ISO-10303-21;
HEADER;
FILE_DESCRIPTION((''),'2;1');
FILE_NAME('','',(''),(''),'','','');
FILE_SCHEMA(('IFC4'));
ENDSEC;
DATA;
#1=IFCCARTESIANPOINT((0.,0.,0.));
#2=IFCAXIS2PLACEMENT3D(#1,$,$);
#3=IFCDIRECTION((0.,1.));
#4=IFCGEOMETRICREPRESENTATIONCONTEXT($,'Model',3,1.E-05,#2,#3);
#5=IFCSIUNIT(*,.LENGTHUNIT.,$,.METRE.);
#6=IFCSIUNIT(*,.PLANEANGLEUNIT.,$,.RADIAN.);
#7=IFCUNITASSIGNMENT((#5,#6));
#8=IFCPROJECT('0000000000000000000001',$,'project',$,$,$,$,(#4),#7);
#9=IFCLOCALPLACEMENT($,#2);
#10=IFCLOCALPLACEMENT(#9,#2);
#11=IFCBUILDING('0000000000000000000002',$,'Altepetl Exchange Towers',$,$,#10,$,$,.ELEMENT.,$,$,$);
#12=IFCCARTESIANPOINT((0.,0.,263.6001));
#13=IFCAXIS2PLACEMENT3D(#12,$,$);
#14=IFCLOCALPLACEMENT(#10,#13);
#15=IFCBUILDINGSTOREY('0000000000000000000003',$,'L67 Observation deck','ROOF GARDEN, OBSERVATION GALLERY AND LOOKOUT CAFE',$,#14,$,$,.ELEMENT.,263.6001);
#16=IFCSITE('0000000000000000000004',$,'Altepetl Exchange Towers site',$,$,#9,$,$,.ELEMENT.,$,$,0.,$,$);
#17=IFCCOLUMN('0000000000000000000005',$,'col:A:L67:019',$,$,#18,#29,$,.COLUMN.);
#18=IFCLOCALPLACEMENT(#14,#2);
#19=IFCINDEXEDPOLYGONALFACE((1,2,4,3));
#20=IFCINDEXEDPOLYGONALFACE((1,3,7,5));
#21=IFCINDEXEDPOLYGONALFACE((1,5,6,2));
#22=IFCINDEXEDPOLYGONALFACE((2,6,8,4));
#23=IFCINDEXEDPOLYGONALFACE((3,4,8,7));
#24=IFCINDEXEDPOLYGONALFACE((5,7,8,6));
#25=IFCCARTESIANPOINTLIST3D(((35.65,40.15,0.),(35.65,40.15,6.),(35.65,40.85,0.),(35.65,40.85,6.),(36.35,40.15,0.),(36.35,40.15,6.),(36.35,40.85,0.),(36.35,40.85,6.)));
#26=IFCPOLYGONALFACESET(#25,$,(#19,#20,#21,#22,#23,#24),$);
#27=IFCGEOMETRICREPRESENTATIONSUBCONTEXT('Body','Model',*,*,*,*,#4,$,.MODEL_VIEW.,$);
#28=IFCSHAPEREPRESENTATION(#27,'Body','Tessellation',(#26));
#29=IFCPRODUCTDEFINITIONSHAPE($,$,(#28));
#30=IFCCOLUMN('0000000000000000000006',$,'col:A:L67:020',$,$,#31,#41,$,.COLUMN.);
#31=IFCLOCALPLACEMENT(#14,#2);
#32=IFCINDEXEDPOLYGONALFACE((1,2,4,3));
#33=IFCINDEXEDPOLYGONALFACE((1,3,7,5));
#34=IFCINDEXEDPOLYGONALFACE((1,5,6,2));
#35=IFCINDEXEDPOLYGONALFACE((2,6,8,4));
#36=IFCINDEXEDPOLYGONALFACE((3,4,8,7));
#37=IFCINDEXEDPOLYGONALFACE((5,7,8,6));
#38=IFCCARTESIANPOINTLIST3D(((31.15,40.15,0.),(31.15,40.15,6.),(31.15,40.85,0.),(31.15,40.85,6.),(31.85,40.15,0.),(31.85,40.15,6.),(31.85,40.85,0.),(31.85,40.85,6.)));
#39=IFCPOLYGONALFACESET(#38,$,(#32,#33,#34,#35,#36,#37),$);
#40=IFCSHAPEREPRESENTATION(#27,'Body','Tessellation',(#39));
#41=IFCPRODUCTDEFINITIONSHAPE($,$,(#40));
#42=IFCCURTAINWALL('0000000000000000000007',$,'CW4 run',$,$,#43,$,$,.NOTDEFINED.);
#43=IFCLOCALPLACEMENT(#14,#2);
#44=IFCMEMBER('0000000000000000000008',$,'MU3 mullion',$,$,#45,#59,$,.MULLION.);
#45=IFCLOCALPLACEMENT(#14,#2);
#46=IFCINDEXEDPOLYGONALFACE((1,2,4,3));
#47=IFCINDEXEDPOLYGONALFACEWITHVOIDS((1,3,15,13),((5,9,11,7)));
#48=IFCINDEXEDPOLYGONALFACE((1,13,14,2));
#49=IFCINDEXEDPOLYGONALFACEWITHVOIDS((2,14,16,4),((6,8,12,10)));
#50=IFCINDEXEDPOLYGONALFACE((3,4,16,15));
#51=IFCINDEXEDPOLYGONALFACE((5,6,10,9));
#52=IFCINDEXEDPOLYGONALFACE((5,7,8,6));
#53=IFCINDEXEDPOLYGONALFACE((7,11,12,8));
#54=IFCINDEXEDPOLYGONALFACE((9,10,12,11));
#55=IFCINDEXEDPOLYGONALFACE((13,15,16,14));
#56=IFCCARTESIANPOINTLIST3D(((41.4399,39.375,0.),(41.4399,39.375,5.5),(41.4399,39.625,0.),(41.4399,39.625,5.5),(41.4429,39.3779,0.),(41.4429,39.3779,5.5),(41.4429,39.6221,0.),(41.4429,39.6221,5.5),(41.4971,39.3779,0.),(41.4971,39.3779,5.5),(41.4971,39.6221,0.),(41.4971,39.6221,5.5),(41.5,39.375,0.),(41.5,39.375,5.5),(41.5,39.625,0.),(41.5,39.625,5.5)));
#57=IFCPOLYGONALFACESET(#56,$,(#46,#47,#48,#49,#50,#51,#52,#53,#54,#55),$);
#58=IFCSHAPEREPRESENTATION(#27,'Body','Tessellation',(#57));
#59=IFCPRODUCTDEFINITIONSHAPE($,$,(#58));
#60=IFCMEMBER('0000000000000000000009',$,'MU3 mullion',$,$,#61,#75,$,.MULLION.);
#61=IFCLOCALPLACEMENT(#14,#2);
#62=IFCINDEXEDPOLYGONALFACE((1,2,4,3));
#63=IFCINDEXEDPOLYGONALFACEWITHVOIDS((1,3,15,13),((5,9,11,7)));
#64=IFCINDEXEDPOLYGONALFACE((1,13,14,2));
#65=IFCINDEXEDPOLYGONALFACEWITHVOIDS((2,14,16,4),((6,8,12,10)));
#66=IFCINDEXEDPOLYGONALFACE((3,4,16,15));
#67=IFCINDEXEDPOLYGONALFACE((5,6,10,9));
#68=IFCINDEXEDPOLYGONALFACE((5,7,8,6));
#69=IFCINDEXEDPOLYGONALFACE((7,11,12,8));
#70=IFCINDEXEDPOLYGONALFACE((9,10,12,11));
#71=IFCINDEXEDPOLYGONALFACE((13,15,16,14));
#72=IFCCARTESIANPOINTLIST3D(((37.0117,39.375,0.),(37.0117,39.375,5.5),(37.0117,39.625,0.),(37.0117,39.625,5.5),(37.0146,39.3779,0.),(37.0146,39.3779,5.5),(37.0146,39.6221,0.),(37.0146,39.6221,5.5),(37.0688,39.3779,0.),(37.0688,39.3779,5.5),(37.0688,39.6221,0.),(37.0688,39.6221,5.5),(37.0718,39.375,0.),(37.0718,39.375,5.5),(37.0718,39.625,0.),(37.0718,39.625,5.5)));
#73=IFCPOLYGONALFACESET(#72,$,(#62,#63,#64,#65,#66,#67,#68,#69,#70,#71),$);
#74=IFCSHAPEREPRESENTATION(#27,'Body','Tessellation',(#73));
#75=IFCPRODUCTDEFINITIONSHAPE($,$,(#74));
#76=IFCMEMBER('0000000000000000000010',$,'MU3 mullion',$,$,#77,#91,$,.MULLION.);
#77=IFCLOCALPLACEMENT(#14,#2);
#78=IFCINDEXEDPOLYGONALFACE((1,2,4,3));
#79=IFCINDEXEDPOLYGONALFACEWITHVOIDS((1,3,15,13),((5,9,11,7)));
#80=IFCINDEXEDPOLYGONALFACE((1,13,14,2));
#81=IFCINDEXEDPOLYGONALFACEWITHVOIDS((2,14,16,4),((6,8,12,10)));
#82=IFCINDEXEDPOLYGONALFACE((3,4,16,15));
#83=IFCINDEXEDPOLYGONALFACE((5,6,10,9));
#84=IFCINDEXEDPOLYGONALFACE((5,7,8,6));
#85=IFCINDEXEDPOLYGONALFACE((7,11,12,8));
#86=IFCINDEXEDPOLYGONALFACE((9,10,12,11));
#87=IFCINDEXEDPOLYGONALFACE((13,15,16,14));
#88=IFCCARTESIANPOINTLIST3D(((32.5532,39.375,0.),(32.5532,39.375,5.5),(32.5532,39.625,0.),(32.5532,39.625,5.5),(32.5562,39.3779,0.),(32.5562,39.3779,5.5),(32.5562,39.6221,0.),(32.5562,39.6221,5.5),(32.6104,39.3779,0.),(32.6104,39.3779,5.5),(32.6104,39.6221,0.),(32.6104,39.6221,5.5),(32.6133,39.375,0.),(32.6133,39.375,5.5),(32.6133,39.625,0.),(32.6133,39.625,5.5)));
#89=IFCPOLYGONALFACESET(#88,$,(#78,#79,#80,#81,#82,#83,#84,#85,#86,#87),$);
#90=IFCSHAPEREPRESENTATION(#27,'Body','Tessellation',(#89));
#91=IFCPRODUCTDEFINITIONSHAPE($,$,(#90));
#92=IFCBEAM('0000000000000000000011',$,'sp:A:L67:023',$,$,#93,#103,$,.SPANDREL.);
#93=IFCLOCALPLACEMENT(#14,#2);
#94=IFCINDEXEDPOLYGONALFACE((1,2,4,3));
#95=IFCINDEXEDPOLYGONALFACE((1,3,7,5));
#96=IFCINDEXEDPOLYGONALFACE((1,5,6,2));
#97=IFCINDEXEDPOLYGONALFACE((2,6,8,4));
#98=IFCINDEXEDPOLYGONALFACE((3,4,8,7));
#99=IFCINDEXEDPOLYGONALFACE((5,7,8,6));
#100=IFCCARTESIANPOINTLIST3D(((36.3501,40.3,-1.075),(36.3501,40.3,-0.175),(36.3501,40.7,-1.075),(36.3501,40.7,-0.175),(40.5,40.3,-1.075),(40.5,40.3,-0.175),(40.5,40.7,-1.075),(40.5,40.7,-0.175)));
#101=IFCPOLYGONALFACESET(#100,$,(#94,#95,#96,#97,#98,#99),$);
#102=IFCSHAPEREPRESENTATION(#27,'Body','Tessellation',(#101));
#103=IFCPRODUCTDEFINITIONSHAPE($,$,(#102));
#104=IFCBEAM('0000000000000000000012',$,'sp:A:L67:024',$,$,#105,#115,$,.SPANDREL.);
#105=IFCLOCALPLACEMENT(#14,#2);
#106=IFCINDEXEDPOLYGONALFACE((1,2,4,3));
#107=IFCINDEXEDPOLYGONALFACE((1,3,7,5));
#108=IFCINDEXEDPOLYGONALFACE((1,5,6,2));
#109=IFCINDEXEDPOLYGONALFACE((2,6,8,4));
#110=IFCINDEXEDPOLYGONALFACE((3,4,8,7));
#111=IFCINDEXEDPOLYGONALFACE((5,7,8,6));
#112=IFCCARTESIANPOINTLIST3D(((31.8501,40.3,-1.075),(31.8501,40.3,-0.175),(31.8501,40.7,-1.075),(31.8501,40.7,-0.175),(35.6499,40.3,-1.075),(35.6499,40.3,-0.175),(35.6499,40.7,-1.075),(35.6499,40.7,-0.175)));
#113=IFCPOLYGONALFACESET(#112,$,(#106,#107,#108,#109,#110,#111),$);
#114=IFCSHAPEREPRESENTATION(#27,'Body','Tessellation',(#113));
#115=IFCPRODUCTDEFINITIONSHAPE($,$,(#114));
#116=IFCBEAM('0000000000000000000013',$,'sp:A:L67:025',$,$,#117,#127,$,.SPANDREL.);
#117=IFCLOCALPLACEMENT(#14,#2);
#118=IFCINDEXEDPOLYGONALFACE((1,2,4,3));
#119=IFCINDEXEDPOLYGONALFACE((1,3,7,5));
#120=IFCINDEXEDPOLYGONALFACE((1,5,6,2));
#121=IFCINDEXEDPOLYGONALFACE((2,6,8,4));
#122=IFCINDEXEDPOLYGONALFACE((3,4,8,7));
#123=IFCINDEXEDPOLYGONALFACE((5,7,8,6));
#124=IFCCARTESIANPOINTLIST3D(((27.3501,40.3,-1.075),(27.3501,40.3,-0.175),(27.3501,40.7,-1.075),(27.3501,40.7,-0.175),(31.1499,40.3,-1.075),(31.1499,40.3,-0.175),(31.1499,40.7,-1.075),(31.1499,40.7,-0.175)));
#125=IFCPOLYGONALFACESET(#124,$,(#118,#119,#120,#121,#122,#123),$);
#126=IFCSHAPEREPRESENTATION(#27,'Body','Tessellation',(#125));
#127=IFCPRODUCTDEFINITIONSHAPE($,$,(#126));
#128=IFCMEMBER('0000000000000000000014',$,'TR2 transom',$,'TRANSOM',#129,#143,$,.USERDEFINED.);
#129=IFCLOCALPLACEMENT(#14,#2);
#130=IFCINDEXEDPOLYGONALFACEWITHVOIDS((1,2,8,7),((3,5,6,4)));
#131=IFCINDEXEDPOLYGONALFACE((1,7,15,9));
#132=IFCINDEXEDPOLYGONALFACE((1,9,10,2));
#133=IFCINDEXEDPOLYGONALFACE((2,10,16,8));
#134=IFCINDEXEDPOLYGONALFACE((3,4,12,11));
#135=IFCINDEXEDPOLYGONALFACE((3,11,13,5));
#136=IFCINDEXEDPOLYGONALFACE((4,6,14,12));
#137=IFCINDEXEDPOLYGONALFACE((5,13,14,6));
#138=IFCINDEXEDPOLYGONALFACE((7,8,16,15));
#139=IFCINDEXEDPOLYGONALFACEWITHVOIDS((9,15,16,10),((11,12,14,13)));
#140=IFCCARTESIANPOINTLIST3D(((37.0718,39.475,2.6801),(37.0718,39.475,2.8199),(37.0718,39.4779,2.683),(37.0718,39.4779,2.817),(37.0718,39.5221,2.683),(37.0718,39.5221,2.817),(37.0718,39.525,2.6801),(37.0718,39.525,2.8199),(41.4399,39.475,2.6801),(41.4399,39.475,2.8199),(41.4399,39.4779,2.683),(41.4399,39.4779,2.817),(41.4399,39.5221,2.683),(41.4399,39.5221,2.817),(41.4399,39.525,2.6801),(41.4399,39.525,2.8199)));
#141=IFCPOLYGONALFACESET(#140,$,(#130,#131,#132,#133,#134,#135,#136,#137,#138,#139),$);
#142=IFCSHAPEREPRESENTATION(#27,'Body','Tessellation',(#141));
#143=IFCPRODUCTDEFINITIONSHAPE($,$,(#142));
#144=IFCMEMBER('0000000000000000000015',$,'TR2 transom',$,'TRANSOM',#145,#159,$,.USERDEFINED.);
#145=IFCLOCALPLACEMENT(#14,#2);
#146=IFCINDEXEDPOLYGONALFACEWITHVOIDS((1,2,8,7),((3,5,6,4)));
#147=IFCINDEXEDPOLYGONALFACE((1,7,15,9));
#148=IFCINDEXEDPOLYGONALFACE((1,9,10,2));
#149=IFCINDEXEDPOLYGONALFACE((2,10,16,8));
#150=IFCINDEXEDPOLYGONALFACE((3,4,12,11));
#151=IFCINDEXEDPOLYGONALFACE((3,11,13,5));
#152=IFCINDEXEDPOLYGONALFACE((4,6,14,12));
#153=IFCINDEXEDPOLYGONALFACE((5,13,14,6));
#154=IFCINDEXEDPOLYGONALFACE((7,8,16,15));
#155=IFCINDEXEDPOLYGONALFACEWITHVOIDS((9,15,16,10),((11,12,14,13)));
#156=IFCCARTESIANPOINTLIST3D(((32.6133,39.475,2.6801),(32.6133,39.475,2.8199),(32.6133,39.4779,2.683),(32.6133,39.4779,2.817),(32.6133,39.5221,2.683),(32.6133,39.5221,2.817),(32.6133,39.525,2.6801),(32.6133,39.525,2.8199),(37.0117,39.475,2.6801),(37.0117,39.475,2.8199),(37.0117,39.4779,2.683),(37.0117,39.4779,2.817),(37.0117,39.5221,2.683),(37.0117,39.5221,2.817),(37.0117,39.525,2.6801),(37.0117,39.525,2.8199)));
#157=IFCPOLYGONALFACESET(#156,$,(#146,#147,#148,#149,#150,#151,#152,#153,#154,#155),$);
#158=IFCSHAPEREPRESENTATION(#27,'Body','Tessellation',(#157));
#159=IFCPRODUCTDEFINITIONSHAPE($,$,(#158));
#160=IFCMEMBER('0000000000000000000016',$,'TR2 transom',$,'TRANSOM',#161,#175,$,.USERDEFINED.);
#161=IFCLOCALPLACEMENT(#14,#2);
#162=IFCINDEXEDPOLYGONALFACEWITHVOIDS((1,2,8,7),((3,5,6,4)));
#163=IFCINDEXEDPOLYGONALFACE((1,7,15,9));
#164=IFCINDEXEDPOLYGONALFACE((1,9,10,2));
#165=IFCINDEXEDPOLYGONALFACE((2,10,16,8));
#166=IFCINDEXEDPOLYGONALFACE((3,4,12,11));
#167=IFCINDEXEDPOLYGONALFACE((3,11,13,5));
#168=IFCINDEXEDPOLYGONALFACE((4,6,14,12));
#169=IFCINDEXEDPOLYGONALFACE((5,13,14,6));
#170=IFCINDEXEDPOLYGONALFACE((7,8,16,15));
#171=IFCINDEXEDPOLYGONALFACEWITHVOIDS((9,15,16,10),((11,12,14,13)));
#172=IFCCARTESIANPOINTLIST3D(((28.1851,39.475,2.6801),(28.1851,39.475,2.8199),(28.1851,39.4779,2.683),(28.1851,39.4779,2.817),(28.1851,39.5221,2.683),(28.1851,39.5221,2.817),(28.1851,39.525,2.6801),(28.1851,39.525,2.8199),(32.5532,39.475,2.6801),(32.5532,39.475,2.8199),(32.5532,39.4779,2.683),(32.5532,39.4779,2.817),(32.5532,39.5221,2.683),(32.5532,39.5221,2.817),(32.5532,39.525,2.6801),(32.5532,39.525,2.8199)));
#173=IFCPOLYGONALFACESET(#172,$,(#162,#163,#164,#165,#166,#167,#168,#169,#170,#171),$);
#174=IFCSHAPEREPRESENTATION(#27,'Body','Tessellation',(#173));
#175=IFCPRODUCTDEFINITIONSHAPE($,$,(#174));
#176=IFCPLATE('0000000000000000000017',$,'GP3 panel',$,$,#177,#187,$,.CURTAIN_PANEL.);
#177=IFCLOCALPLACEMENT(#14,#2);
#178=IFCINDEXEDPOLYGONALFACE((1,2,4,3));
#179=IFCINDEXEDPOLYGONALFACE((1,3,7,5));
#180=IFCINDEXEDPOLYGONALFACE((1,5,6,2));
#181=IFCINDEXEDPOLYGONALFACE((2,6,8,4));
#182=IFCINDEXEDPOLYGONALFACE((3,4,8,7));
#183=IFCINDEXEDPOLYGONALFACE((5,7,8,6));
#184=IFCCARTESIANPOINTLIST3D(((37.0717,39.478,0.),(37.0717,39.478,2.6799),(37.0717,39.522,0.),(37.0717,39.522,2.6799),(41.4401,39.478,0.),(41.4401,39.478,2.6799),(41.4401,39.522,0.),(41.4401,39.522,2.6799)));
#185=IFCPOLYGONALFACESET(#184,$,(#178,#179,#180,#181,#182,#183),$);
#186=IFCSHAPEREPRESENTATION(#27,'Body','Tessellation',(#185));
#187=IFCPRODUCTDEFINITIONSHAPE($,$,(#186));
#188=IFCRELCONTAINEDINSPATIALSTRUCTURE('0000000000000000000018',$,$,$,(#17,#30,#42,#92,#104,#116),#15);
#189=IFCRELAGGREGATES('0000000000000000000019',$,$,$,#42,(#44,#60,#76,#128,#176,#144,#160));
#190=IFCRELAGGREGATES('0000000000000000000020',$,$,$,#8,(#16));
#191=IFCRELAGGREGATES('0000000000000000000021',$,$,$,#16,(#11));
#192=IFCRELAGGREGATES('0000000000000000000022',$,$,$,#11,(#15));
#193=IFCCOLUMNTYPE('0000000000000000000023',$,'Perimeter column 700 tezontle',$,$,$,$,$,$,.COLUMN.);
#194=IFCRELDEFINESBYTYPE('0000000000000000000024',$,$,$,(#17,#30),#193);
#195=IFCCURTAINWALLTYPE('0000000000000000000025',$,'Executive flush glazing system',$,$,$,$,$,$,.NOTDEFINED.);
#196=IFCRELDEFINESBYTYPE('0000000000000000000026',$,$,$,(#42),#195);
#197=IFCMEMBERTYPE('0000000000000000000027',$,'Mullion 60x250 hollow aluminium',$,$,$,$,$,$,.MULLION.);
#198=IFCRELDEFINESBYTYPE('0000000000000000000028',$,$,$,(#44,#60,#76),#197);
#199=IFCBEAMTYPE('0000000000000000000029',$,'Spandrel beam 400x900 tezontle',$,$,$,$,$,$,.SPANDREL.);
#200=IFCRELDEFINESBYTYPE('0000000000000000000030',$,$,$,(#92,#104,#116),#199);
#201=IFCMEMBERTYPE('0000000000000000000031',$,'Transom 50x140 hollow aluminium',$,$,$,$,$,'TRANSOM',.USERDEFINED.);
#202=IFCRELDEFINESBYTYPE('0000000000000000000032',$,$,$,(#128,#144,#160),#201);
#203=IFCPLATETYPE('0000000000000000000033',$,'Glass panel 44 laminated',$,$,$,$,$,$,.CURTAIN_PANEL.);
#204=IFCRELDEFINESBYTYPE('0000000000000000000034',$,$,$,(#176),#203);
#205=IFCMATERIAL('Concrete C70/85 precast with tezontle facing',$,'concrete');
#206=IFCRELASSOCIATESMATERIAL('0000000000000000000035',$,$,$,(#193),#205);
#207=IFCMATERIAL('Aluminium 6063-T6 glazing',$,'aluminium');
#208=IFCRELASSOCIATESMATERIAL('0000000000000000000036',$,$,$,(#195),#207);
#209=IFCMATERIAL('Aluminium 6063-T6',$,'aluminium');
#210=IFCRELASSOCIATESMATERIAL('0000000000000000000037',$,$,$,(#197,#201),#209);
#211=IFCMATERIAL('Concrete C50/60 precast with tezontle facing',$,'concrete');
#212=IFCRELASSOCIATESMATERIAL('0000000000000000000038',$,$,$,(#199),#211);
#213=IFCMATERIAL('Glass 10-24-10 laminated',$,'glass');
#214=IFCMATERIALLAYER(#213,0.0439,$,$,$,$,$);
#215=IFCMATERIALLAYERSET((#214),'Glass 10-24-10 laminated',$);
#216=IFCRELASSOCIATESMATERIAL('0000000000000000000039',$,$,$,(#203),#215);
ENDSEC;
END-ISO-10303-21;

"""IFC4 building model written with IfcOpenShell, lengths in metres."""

from ifc_helpers import new_model, si_unit, direction, frame, origin, origin_2d, place, context, subcontext, project, spatial, rectangle, hollow_rectangle, extrude, material, layer, layer_set, material_profile, profile_set, type_object, element, aggregate, save


model = new_model("IFC4")

# Units and contexts
model_context = context("Model", 3, precision=1e-05, world=origin(), true_north=direction((0.0, 1.0)))
body_context = subcontext(model_context, "Body", "Model", "MODEL_VIEW")
ifc_project = project(units=[si_unit("LENGTHUNIT", "METRE"), si_unit("PLANEANGLEUNIT", "RADIAN")], contexts=[model_context])

# Site, building, storey
site_placement = place(None, origin())
site = spatial("IfcSite", under=ifc_project, at=site_placement, Name="Altepetl Exchange Towers site", CompositionType="ELEMENT", RefElevation=0.0)
building_placement = place(site_placement, origin())
building = spatial("IfcBuilding", under=site, at=building_placement, Name="Altepetl Exchange Towers", CompositionType="ELEMENT")
storey_placement = place(building_placement, frame((0.0, 0.0, 263.6001)))
storey = spatial("IfcBuildingStorey", under=building, at=storey_placement, Name="L67 Observation deck", Description="ROOF GARDEN, OBSERVATION GALLERY AND LOOKOUT CAFE", CompositionType="ELEMENT", Elevation=263.6001)

# Columns
ifc_material_1 = material(Name="Concrete C70/85 precast with tezontle facing", Category="concrete")
ifc_material_profile_1 = material_profile(ifc_material_1, rectangle(XDim=0.7, YDim=0.7, at=origin_2d()), Name="700 x 700")
ifc_profile_set_1 = profile_set([ifc_material_profile_1], Name="Concrete C70/85 precast with tezontle facing")
column_type = type_object("IfcColumnType", Name="Perimeter column 700 tezontle", PredefinedType="COLUMN", material=ifc_profile_set_1)
for number, where, name in (
    (1, (36.0, 40.5, 0.0), "col:A:L67:019"),
    (2, (31.5, 40.5, 0.0), "col:A:L67:020"),
):
    element("IfcColumn", number, at=place(storey_placement, frame(where)), inside=storey, type_object=column_type, Name=name, PredefinedType="COLUMN", context=body_context, shape_type="SweptSolid", body=[
        extrude(rectangle(XDim=0.7, YDim=0.7, at=origin_2d()), origin(), (0.0, 0.0, 1.0), 6.0),
    ])

# Curtain wall, members
ifc_material_2 = material(Name="Aluminium 6063-T6 glazing", Category="aluminium")
curtain_wall_type = type_object("IfcCurtainWallType", Name="Executive flush glazing system", PredefinedType="NOTDEFINED", material=ifc_material_2)
curtain_wall_placement = place(storey_placement, origin())
curtain_wall = element("IfcCurtainWall", 3, at=curtain_wall_placement, inside=storey, type_object=curtain_wall_type, Name="CW4 run", PredefinedType="NOTDEFINED")
ifc_material_3 = material(Name="Aluminium 6063-T6", Category="aluminium")
ifc_material_profile_2 = material_profile(ifc_material_3, hollow_rectangle(XDim=0.0601, YDim=0.25, WallThickness=0.0029, at=origin_2d()), Name="Mullion 60x250 hollow aluminium")
ifc_profile_set_2 = profile_set([ifc_material_profile_2], Name="Aluminium 6063-T6")
member_type_1 = type_object("IfcMemberType", Name="Mullion 60x250 hollow aluminium", PredefinedType="MULLION", material=ifc_profile_set_2)
member_1_placement = place(storey_placement, frame((41.47, 39.5, 0.0), z_axis=(0.0, 0.0, 1.0), x_axis=(-1.0, 0.0, 0.0)))
member_1 = element("IfcMember", 4, at=member_1_placement, type_object=member_type_1, Name="MU3 mullion", PredefinedType="MULLION", context=body_context, shape_type="SweptSolid", body=[
    extrude(hollow_rectangle(XDim=0.0601, YDim=0.25, WallThickness=0.0029, at=origin_2d()), origin(), (0.0, 0.0, 1.0), 5.5),
])
member_2_placement = place(storey_placement, frame((37.0417, 39.5, 0.0), z_axis=(0.0, 0.0, 1.0), x_axis=(-1.0, 0.0, 0.0)))
member_2 = element("IfcMember", 5, at=member_2_placement, type_object=member_type_1, Name="MU3 mullion", PredefinedType="MULLION", context=body_context, shape_type="SweptSolid", body=[
    extrude(hollow_rectangle(XDim=0.0601, YDim=0.25, WallThickness=0.0029, at=origin_2d()), origin(), (0.0, 0.0, 1.0), 5.5),
])
member_3_placement = place(storey_placement, frame((32.5833, 39.5, 0.0), z_axis=(0.0, 0.0, 1.0), x_axis=(-1.0, 0.0, 0.0)))
member_3 = element("IfcMember", 6, at=member_3_placement, type_object=member_type_1, Name="MU3 mullion", PredefinedType="MULLION", context=body_context, shape_type="SweptSolid", body=[
    extrude(hollow_rectangle(XDim=0.0601, YDim=0.25, WallThickness=0.0029, at=origin_2d()), origin(), (0.0, 0.0, 1.0), 5.5),
])

# Beams
ifc_material_4 = material(Name="Concrete C50/60 precast with tezontle facing", Category="concrete")
ifc_material_profile_3 = material_profile(ifc_material_4, rectangle(XDim=0.3999, YDim=0.8999, at=origin_2d()), Name="400 x 900")
ifc_profile_set_3 = profile_set([ifc_material_profile_3], Name="Concrete C50/60 precast with tezontle facing")
beam_type = type_object("IfcBeamType", Name="Spandrel beam 400x900 tezontle", PredefinedType="SPANDREL", material=ifc_profile_set_3)
beam_placement = place(storey_placement, frame((40.5, 40.5, -0.625), z_axis=(-1.0, 0.0, 0.0), x_axis=(0.0, -1.0, 0.0)))
element("IfcBeam", 7, at=beam_placement, inside=storey, type_object=beam_type, Name="sp:A:L67:023", PredefinedType="SPANDREL", context=body_context, shape_type="SweptSolid", body=[
    extrude(rectangle(XDim=0.3999, YDim=0.8999, at=origin_2d()), origin(), (0.0, 0.0, 1.0), 4.1499),
])
for number, where, z_axis, x_axis, name in (
    (8, (35.6499, 40.5, -0.625), (-1.0, 0.0, 0.0), (0.0, -1.0, 0.0), "sp:A:L67:024"),
    (9, (31.1499, 40.5, -0.625), (-1.0, 0.0, 0.0), (0.0, -1.0, 0.0), "sp:A:L67:025"),
):
    element("IfcBeam", number, at=place(storey_placement, frame(where, z_axis=z_axis, x_axis=x_axis)), inside=storey, type_object=beam_type, Name=name, PredefinedType="SPANDREL", context=body_context, shape_type="SweptSolid", body=[
        extrude(rectangle(XDim=0.3999, YDim=0.8999, at=origin_2d()), origin(), (0.0, 0.0, 1.0), 3.7998),
    ])

# Members
ifc_material_profile_4 = material_profile(ifc_material_3, hollow_rectangle(XDim=0.05, YDim=0.1399, WallThickness=0.0029, at=origin_2d()), Name="Transom 50x140 hollow aluminium")
ifc_profile_set_4 = profile_set([ifc_material_profile_4], Name="Aluminium 6063-T6")
member_type_2 = type_object("IfcMemberType", Name="Transom 50x140 hollow aluminium", ElementType="TRANSOM", PredefinedType="USERDEFINED", material=ifc_profile_set_4)
member_4_placement = place(storey_placement, frame((41.4399, 39.5, 2.75), z_axis=(-1.0, 0.0, 0.0), x_axis=(0.0, -1.0, 0.0)))
member_4 = element("IfcMember", 10, at=member_4_placement, type_object=member_type_2, Name="TR2 transom", ObjectType="TRANSOM", PredefinedType="USERDEFINED", context=body_context, shape_type="SweptSolid", body=[
    extrude(hollow_rectangle(XDim=0.05, YDim=0.1399, WallThickness=0.0029, at=origin_2d()), origin(), (0.0, 0.0, 1.0), 4.3682),
])
member_5_placement = place(storey_placement, frame((37.0117, 39.5, 2.75), z_axis=(-1.0, 0.0, 0.0), x_axis=(0.0, -1.0, 0.0)))
member_5 = element("IfcMember", 11, at=member_5_placement, type_object=member_type_2, Name="TR2 transom", ObjectType="TRANSOM", PredefinedType="USERDEFINED", context=body_context, shape_type="SweptSolid", body=[
    extrude(hollow_rectangle(XDim=0.05, YDim=0.1399, WallThickness=0.0029, at=origin_2d()), origin(), (0.0, 0.0, 1.0), 4.3984),
])
member_6_placement = place(storey_placement, frame((32.5532, 39.5, 2.75), z_axis=(-1.0, 0.0, 0.0), x_axis=(0.0, -1.0, 0.0)))
member_6 = element("IfcMember", 12, at=member_6_placement, type_object=member_type_2, Name="TR2 transom", ObjectType="TRANSOM", PredefinedType="USERDEFINED", context=body_context, shape_type="SweptSolid", body=[
    extrude(hollow_rectangle(XDim=0.05, YDim=0.1399, WallThickness=0.0029, at=origin_2d()), origin(), (0.0, 0.0, 1.0), 4.3682),
])

# Plate
ifc_material_5 = material(Name="Glass 10-24-10 laminated", Category="glass")
ifc_layer_1 = layer(ifc_material_5, 0.0439)
ifc_layer_set_1 = layer_set([ifc_layer_1], Name="Glass 10-24-10 laminated")
plate_type = type_object("IfcPlateType", Name="Glass panel 44 laminated", PredefinedType="CURTAIN_PANEL", material=ifc_layer_set_1)
plate_1_placement = place(storey_placement, frame((39.2559, 39.5, 0.0), z_axis=(0.0, 0.0, 1.0), x_axis=(-1.0, 0.0, 0.0)))
plate_1 = element("IfcPlate", 13, at=plate_1_placement, type_object=plate_type, Name="GP3 panel", PredefinedType="CURTAIN_PANEL", context=body_context, shape_type="SweptSolid", body=[
    extrude(rectangle(XDim=4.3684, YDim=0.0439, at=origin_2d()), origin(), (0.0, 0.0, 1.0), 2.6799),
])
aggregate(curtain_wall, [member_1, member_2, member_3, member_4, plate_1, member_5, member_6])

save(model, "model.ifc")
